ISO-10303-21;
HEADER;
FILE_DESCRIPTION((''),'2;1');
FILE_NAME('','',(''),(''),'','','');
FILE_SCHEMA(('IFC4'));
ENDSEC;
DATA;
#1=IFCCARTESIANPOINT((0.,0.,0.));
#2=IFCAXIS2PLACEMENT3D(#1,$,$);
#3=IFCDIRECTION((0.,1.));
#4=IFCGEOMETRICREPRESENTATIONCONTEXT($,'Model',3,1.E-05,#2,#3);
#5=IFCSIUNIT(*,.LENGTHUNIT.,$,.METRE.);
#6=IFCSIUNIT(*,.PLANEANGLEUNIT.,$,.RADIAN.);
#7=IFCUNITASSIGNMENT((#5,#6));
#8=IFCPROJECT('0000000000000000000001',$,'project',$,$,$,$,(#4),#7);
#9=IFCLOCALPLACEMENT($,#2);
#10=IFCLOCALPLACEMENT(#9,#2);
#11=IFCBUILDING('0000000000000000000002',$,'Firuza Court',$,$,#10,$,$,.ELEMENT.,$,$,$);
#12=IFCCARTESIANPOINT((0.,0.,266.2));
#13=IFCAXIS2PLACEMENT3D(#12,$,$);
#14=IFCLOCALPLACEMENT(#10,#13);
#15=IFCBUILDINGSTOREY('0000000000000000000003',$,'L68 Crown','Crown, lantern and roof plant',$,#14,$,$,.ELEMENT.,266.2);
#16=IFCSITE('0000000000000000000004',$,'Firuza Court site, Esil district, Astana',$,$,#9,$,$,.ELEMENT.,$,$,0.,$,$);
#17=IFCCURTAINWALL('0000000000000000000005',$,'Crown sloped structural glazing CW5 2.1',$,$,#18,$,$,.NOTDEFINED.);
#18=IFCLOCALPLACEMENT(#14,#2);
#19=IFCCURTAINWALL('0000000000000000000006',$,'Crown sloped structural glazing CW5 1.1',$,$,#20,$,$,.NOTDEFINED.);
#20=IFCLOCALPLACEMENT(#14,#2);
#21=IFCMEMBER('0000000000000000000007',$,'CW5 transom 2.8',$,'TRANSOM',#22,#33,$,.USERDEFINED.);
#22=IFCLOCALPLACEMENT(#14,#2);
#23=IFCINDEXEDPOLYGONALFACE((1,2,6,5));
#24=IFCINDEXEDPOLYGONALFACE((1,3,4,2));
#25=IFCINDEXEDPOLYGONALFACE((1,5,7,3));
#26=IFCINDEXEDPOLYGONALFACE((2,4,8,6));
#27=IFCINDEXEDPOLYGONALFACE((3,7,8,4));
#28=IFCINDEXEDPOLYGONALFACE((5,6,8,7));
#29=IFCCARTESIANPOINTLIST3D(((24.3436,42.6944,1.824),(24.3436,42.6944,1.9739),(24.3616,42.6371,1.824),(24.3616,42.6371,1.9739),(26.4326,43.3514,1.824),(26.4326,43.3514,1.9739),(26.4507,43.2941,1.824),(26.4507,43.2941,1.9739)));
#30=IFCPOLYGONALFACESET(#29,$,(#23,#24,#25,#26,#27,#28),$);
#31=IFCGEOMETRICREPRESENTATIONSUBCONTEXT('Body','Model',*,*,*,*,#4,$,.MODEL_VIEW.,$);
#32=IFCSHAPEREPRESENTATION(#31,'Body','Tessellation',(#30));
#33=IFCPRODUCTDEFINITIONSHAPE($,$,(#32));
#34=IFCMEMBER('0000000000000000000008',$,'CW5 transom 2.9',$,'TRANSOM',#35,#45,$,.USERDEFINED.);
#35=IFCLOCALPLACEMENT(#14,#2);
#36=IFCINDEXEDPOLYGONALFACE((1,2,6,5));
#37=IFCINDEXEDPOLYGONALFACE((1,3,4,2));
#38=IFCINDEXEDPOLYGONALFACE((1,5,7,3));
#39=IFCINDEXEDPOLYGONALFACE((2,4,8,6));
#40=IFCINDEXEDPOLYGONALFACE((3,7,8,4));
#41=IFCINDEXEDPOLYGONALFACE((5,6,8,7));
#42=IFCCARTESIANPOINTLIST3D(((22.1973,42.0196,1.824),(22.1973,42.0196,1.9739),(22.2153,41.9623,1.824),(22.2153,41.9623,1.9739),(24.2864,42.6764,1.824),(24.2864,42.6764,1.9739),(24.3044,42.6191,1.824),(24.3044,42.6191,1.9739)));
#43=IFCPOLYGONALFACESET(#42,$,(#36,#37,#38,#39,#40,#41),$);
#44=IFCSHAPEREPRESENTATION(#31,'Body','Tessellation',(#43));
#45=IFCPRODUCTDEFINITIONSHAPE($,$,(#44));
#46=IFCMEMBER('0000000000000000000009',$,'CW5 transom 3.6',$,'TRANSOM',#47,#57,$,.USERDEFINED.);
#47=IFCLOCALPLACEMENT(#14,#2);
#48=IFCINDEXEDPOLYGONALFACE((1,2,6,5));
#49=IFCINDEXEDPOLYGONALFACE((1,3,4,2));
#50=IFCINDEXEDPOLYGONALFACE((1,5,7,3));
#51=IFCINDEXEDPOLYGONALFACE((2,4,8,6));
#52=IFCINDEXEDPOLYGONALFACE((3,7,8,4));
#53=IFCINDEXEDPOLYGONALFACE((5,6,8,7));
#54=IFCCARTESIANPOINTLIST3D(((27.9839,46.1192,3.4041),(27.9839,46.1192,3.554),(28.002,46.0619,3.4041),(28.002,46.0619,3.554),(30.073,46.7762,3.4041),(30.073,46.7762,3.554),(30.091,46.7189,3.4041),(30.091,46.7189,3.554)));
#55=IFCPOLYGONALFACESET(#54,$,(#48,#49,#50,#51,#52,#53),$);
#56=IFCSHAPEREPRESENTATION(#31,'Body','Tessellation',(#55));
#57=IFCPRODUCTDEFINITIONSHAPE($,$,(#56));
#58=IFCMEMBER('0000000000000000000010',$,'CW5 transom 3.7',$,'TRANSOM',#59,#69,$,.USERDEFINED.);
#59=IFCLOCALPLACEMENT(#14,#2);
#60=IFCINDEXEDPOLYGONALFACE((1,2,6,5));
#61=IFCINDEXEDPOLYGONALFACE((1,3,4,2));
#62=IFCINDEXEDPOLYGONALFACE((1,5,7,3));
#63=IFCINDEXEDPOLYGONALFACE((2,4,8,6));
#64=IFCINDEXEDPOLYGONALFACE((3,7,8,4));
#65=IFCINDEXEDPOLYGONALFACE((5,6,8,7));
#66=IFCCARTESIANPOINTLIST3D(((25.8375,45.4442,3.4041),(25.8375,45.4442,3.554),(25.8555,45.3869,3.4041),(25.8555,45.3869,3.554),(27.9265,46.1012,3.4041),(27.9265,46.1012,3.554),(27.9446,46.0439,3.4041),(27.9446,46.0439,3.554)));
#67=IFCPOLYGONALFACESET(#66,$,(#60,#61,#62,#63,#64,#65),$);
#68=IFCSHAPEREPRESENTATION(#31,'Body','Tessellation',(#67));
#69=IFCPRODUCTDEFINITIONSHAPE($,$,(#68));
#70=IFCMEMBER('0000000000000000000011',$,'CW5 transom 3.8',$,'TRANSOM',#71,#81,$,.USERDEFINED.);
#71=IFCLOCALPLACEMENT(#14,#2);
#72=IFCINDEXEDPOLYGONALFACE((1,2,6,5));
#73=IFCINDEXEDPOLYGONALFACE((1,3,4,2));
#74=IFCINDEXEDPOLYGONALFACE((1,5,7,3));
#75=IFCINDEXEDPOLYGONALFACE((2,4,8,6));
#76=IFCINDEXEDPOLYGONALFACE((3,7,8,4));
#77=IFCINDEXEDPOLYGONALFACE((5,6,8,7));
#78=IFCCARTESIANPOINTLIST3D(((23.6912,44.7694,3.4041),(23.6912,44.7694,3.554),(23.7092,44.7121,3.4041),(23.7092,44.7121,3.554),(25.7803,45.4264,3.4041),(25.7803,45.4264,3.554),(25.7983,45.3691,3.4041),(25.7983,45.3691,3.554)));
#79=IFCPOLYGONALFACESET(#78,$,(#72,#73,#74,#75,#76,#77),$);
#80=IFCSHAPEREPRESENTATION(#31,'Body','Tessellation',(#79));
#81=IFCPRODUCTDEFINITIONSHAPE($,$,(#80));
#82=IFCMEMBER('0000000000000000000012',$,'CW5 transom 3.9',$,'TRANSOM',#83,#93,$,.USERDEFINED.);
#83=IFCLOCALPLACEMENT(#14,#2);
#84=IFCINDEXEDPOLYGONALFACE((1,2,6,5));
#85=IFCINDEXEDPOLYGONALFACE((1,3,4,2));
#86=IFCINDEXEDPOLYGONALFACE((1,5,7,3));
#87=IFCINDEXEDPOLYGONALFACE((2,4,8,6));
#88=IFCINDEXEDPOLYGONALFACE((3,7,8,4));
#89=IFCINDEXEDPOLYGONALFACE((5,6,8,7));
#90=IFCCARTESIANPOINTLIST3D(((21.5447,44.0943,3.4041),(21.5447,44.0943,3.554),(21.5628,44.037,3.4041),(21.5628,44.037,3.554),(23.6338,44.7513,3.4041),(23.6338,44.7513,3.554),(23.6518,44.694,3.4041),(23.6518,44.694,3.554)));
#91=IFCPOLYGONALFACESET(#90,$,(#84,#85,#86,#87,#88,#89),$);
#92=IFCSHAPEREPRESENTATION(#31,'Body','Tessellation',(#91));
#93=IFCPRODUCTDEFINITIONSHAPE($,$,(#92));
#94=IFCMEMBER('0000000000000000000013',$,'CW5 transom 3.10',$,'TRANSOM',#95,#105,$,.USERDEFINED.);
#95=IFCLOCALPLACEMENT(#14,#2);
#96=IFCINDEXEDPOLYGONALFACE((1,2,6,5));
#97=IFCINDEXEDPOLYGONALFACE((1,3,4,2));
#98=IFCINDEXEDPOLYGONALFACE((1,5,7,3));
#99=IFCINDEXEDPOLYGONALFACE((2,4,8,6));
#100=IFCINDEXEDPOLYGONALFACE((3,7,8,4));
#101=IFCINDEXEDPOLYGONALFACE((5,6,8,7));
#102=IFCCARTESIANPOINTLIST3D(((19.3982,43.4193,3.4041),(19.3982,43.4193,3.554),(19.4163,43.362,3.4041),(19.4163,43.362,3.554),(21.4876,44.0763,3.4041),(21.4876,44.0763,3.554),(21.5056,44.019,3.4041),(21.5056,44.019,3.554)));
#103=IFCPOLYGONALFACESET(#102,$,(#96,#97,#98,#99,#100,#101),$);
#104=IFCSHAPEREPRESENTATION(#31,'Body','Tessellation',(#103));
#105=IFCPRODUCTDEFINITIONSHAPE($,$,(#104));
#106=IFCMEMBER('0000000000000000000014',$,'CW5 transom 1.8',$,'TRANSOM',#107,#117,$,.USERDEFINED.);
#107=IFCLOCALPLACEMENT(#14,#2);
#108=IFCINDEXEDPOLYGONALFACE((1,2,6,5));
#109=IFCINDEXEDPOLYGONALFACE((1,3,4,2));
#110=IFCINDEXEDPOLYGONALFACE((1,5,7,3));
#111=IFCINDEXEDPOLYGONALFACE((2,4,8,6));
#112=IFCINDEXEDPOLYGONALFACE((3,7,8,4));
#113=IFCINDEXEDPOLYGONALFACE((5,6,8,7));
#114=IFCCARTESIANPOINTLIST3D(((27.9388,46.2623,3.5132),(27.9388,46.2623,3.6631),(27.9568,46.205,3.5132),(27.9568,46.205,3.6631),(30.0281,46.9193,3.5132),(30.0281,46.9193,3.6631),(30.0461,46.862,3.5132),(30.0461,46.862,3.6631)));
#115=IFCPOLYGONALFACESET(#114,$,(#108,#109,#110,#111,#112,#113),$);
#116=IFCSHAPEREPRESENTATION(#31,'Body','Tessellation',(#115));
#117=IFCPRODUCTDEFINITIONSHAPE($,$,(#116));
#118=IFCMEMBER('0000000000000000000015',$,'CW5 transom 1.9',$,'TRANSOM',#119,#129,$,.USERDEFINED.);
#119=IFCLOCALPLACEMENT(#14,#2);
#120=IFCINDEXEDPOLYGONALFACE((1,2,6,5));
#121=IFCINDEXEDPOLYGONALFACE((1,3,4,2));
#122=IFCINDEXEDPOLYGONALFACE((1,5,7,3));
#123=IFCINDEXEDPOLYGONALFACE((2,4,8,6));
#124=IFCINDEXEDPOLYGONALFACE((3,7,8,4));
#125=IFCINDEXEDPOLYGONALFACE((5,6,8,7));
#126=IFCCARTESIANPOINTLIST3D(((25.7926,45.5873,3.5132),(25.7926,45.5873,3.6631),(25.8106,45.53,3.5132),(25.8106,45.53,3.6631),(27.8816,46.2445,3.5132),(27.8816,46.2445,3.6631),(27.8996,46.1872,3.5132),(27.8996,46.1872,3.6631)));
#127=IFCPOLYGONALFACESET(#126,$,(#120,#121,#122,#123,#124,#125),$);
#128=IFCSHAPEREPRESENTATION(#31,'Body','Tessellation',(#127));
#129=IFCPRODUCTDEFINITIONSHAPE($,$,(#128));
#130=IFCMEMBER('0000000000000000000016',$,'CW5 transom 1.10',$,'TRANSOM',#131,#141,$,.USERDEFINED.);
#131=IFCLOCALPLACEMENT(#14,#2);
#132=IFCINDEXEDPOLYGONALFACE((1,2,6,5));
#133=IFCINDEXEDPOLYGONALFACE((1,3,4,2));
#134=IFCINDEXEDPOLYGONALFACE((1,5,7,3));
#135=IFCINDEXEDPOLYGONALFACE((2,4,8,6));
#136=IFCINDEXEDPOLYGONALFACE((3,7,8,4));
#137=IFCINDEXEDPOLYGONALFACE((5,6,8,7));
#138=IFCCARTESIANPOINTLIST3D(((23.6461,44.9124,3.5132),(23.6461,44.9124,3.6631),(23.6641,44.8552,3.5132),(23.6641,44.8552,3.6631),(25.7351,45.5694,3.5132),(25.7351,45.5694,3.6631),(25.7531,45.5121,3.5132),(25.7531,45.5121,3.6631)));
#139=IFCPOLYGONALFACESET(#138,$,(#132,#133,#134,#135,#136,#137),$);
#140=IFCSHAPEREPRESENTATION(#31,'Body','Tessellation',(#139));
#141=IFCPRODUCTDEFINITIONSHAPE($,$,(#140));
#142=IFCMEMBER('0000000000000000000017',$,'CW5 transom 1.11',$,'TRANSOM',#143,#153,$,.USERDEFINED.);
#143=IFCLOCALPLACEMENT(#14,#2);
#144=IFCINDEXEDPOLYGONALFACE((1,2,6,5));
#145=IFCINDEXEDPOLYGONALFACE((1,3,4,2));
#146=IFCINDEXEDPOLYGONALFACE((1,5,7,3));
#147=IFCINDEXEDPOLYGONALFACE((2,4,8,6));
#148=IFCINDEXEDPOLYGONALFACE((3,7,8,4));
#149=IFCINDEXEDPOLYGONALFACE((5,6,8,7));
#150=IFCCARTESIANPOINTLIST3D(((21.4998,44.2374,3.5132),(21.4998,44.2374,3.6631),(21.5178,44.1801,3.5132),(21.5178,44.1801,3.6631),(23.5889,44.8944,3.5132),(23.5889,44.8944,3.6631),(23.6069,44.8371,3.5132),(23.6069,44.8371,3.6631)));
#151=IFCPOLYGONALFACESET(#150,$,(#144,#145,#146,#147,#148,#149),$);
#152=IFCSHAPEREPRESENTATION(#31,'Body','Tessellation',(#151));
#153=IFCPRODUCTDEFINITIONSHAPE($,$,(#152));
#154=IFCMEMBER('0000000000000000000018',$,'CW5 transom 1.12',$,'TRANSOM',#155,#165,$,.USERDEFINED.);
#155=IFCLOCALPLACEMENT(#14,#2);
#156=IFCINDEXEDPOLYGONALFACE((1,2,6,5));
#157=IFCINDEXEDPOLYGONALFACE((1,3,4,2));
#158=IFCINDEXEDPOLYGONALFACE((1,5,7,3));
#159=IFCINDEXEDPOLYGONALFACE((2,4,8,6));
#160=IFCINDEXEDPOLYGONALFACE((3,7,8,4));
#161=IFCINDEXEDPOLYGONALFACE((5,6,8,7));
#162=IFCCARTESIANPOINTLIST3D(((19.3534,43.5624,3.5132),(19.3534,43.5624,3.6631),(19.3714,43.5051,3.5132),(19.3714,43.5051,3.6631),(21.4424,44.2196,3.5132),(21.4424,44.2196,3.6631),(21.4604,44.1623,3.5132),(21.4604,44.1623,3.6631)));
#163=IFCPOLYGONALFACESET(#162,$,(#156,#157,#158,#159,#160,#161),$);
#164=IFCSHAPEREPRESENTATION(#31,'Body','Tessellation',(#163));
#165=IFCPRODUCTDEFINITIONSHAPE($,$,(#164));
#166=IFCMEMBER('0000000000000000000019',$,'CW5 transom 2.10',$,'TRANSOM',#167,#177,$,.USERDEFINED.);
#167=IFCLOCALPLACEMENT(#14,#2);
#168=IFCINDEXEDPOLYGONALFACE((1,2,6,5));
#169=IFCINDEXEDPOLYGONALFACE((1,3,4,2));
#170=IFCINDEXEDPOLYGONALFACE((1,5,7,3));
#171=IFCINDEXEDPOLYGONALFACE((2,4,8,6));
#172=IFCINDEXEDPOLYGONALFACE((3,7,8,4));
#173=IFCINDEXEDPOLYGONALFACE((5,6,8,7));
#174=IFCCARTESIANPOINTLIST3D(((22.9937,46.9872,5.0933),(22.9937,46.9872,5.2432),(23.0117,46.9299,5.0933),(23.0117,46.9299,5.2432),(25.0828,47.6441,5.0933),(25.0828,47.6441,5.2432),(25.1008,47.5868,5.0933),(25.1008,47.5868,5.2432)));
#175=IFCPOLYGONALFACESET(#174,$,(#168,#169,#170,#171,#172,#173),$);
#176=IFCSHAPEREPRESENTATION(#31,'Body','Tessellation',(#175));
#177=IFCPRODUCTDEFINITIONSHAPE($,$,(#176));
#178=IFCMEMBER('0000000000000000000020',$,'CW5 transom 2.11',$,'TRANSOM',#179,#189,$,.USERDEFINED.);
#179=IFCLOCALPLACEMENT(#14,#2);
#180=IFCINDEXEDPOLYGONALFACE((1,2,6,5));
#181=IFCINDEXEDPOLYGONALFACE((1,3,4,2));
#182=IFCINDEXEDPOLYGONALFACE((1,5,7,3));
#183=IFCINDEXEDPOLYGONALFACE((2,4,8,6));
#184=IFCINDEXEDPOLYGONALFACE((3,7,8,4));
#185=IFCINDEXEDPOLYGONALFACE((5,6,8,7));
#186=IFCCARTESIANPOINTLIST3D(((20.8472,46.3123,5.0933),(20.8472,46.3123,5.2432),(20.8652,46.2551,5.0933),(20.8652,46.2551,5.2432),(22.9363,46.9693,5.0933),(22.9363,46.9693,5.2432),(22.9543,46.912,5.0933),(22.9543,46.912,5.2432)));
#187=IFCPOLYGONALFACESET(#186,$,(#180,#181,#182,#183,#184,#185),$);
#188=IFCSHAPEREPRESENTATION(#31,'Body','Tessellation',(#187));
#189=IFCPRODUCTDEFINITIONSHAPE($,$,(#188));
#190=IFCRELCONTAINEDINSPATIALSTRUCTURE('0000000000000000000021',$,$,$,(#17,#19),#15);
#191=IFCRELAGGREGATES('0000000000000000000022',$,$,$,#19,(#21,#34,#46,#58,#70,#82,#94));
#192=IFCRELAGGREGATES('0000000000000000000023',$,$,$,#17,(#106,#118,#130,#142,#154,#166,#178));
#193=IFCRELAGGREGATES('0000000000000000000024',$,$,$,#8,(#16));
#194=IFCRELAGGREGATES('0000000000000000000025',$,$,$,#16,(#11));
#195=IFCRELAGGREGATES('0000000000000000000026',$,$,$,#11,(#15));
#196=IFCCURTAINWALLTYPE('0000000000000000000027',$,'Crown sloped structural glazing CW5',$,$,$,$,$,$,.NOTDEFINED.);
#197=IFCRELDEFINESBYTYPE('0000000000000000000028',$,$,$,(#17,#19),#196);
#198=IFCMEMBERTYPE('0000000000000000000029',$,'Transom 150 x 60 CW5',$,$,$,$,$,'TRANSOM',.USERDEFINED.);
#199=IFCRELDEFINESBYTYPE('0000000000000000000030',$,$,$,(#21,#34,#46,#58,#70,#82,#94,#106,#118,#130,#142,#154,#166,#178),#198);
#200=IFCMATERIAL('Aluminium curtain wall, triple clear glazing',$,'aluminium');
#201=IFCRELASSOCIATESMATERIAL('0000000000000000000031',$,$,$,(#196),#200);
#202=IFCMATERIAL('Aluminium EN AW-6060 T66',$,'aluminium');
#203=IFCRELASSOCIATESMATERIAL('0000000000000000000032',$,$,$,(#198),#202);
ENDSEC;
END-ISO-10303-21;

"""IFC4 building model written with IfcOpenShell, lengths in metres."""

from ifc_helpers import new_model, si_unit, direction, frame, origin, origin_2d, place, context, subcontext, project, spatial, rectangle, extrude, material, material_profile, profile_set, type_object, element, aggregate, save


model = new_model("IFC4")

# Units and contexts
model_context = context("Model", 3, precision=1e-05, world=origin(), true_north=direction((0.0, 1.0)))
body_context = subcontext(model_context, "Body", "Model", "MODEL_VIEW")
ifc_project = project(units=[si_unit("LENGTHUNIT", "METRE"), si_unit("PLANEANGLEUNIT", "RADIAN")], contexts=[model_context])

# Site, building, storey
site_placement = place(None, origin())
site = spatial("IfcSite", under=ifc_project, at=site_placement, Name="Firuza Court site, Esil district, Astana", CompositionType="ELEMENT", RefElevation=0.0)
building_placement = place(site_placement, origin())
building = spatial("IfcBuilding", under=site, at=building_placement, Name="Firuza Court", CompositionType="ELEMENT")
storey_placement = place(building_placement, frame((0.0, 0.0, 266.2)))
storey = spatial("IfcBuildingStorey", under=building, at=storey_placement, Name="L68 Crown", Description="Crown, lantern and roof plant", CompositionType="ELEMENT", Elevation=266.2)

# Curtain walls, members
ifc_material_1 = material(Name="Aluminium curtain wall, triple clear glazing", Category="aluminium")
curtain_wall_type = type_object("IfcCurtainWallType", Name="Crown sloped structural glazing CW5", PredefinedType="NOTDEFINED", material=ifc_material_1)
curtain_wall_1_placement = place(storey_placement, origin())
curtain_wall_1 = element("IfcCurtainWall", 1, at=curtain_wall_1_placement, inside=storey, type_object=curtain_wall_type, Name="Crown sloped structural glazing CW5 2.1", PredefinedType="NOTDEFINED")
curtain_wall_2_placement = place(storey_placement, origin())
curtain_wall_2 = element("IfcCurtainWall", 2, at=curtain_wall_2_placement, inside=storey, type_object=curtain_wall_type, Name="Crown sloped structural glazing CW5 1.1", PredefinedType="NOTDEFINED")
ifc_material_2 = material(Name="Aluminium EN AW-6060 T66", Category="aluminium")
ifc_material_profile_1 = material_profile(ifc_material_2, rectangle(XDim=0.0601, YDim=0.1499, at=origin_2d()), Name="Transom 150 x 60 CW5")
ifc_profile_set_1 = profile_set([ifc_material_profile_1], Name="Aluminium EN AW-6060 T66")
member_type_1 = type_object("IfcMemberType", Name="Transom 150 x 60 CW5", ElementType="TRANSOM", PredefinedType="USERDEFINED", material=ifc_profile_set_1)
member_1_placement = place(storey_placement, frame((26.4417, 43.3228, 1.8989), z_axis=(-0.953941, -0.299995, 0.0), x_axis=(0.299995, -0.953941, 0.0)))
member_1 = element("IfcMember", 3, at=member_1_placement, type_object=member_type_1, Name="CW5 transom 2.8", ObjectType="TRANSOM", PredefinedType="USERDEFINED", context=body_context, shape_type="SweptSolid", body=[
    extrude(rectangle(XDim=0.0601, YDim=0.1499, at=origin_2d()), origin(), (0.0, 0.0, 1.0), 2.1899),
])
member_2_placement = place(storey_placement, frame((24.2954, 42.6477, 1.8989), z_axis=(-0.953973, -0.299893, 0.0), x_axis=(0.299893, -0.953973, 0.0)))
member_2 = element("IfcMember", 4, at=member_2_placement, type_object=member_type_1, Name="CW5 transom 2.9", ObjectType="TRANSOM", PredefinedType="USERDEFINED", context=body_context, shape_type="SweptSolid", body=[
    extrude(rectangle(XDim=0.0601, YDim=0.1499, at=origin_2d()), origin(), (0.0, 0.0, 1.0), 2.1899),
])
member_3_placement = place(storey_placement, frame((30.082, 46.7476, 3.479), z_axis=(-0.953941, -0.299995, 0.0), x_axis=(0.299995, -0.953941, 0.0)))
member_3 = element("IfcMember", 5, at=member_3_placement, type_object=member_type_1, Name="CW5 transom 3.6", ObjectType="TRANSOM", PredefinedType="USERDEFINED", context=body_context, shape_type="SweptSolid", body=[
    extrude(rectangle(XDim=0.0601, YDim=0.1499, at=origin_2d()), origin(), (0.0, 0.0, 1.0), 2.1899),
])
member_4_placement = place(storey_placement, frame((27.9355, 46.0725, 3.479), z_axis=(-0.953941, -0.299995, 0.0), x_axis=(0.299995, -0.953941, 0.0)))
member_4 = element("IfcMember", 6, at=member_4_placement, type_object=member_type_1, Name="CW5 transom 3.7", ObjectType="TRANSOM", PredefinedType="USERDEFINED", context=body_context, shape_type="SweptSolid", body=[
    extrude(rectangle(XDim=0.0601, YDim=0.1499, at=origin_2d()), origin(), (0.0, 0.0, 1.0), 2.1899),
])
member_5_placement = place(storey_placement, frame((25.7893, 45.3977, 3.479), z_axis=(-0.953941, -0.299995, 0.0), x_axis=(0.299995, -0.953941, 0.0)))
member_5 = element("IfcMember", 7, at=member_5_placement, type_object=member_type_1, Name="CW5 transom 3.8", ObjectType="TRANSOM", PredefinedType="USERDEFINED", context=body_context, shape_type="SweptSolid", body=[
    extrude(rectangle(XDim=0.0601, YDim=0.1499, at=origin_2d()), origin(), (0.0, 0.0, 1.0), 2.1899),
])
member_6_placement = place(storey_placement, frame((23.6428, 44.7227, 3.479), z_axis=(-0.953941, -0.299995, 0.0), x_axis=(0.299995, -0.953941, 0.0)))
member_6 = element("IfcMember", 8, at=member_6_placement, type_object=member_type_1, Name="CW5 transom 3.9", ObjectType="TRANSOM", PredefinedType="USERDEFINED", context=body_context, shape_type="SweptSolid", body=[
    extrude(rectangle(XDim=0.0601, YDim=0.1499, at=origin_2d()), origin(), (0.0, 0.0, 1.0), 2.1899),
])
member_7_placement = place(storey_placement, frame((21.4966, 44.0476, 3.479), z_axis=(-0.953951, -0.299963, 0.0), x_axis=(0.299963, -0.953951, 0.0)))
member_7 = element("IfcMember", 9, at=member_7_placement, type_object=member_type_1, Name="CW5 transom 3.10", ObjectType="TRANSOM", PredefinedType="USERDEFINED", context=body_context, shape_type="SweptSolid", body=[
    extrude(rectangle(XDim=0.0601, YDim=0.1499, at=origin_2d()), origin(), (0.0, 0.0, 1.0), 2.1902),
])

# Members
member_8_placement = place(storey_placement, frame((30.0371, 46.8906, 3.5881), z_axis=(-0.953951, -0.299963, 0.0), x_axis=(0.299963, -0.953951, 0.0)))
member_8 = element("IfcMember", 10, at=member_8_placement, type_object=member_type_1, Name="CW5 transom 1.8", ObjectType="TRANSOM", PredefinedType="USERDEFINED", context=body_context, shape_type="SweptSolid", body=[
    extrude(rectangle(XDim=0.0601, YDim=0.1499, at=origin_2d()), origin(), (0.0, 0.0, 1.0), 2.1902),
])
member_9_placement = place(storey_placement, frame((27.8906, 46.2158, 3.5881), z_axis=(-0.953909, -0.300096, 0.0), x_axis=(0.300096, -0.953909, 0.0)))
member_9 = element("IfcMember", 11, at=member_9_placement, type_object=member_type_1, Name="CW5 transom 1.9", ObjectType="TRANSOM", PredefinedType="USERDEFINED", context=body_context, shape_type="SweptSolid", body=[
    extrude(rectangle(XDim=0.0601, YDim=0.1499, at=origin_2d()), origin(), (0.0, 0.0, 1.0), 2.1899),
])
member_10_placement = place(storey_placement, frame((25.7441, 45.5408, 3.5881), z_axis=(-0.953941, -0.299995, 0.0), x_axis=(0.299995, -0.953941, 0.0)))
member_10 = element("IfcMember", 12, at=member_10_placement, type_object=member_type_1, Name="CW5 transom 1.10", ObjectType="TRANSOM", PredefinedType="USERDEFINED", context=body_context, shape_type="SweptSolid", body=[
    extrude(rectangle(XDim=0.0601, YDim=0.1499, at=origin_2d()), origin(), (0.0, 0.0, 1.0), 2.1899),
])
member_11_placement = place(storey_placement, frame((23.5979, 44.8657, 3.5881), z_axis=(-0.953941, -0.299995, 0.0), x_axis=(0.299995, -0.953941, 0.0)))
member_11 = element("IfcMember", 13, at=member_11_placement, type_object=member_type_1, Name="CW5 transom 1.11", ObjectType="TRANSOM", PredefinedType="USERDEFINED", context=body_context, shape_type="SweptSolid", body=[
    extrude(rectangle(XDim=0.0601, YDim=0.1499, at=origin_2d()), origin(), (0.0, 0.0, 1.0), 2.1899),
])
member_12_placement = place(storey_placement, frame((21.4514, 44.1909, 3.5881), z_axis=(-0.953909, -0.300096, 0.0), x_axis=(0.300096, -0.953909, 0.0)))
member_12 = element("IfcMember", 14, at=member_12_placement, type_object=member_type_1, Name="CW5 transom 1.12", ObjectType="TRANSOM", PredefinedType="USERDEFINED", context=body_context, shape_type="SweptSolid", body=[
    extrude(rectangle(XDim=0.0601, YDim=0.1499, at=origin_2d()), origin(), (0.0, 0.0, 1.0), 2.1899),
])
member_13_placement = place(storey_placement, frame((25.0918, 47.6155, 5.1682), z_axis=(-0.953941, -0.299995, 0.0), x_axis=(0.299995, -0.953941, 0.0)))
member_13 = element("IfcMember", 15, at=member_13_placement, type_object=member_type_1, Name="CW5 transom 2.10", ObjectType="TRANSOM", PredefinedType="USERDEFINED", context=body_context, shape_type="SweptSolid", body=[
    extrude(rectangle(XDim=0.0601, YDim=0.1499, at=origin_2d()), origin(), (0.0, 0.0, 1.0), 2.1899),
])
member_14_placement = place(storey_placement, frame((22.9453, 46.9407, 5.1682), z_axis=(-0.953941, -0.299995, 0.0), x_axis=(0.299995, -0.953941, 0.0)))
member_14 = element("IfcMember", 16, at=member_14_placement, type_object=member_type_1, Name="CW5 transom 2.11", ObjectType="TRANSOM", PredefinedType="USERDEFINED", context=body_context, shape_type="SweptSolid", body=[
    extrude(rectangle(XDim=0.0601, YDim=0.1499, at=origin_2d()), origin(), (0.0, 0.0, 1.0), 2.1899),
])

aggregate(curtain_wall_2, [member_1, member_2, member_3, member_4, member_5, member_6, member_7])
aggregate(curtain_wall_1, [member_8, member_9, member_10, member_11, member_12, member_13, member_14])

save(model, "model.ifc")
